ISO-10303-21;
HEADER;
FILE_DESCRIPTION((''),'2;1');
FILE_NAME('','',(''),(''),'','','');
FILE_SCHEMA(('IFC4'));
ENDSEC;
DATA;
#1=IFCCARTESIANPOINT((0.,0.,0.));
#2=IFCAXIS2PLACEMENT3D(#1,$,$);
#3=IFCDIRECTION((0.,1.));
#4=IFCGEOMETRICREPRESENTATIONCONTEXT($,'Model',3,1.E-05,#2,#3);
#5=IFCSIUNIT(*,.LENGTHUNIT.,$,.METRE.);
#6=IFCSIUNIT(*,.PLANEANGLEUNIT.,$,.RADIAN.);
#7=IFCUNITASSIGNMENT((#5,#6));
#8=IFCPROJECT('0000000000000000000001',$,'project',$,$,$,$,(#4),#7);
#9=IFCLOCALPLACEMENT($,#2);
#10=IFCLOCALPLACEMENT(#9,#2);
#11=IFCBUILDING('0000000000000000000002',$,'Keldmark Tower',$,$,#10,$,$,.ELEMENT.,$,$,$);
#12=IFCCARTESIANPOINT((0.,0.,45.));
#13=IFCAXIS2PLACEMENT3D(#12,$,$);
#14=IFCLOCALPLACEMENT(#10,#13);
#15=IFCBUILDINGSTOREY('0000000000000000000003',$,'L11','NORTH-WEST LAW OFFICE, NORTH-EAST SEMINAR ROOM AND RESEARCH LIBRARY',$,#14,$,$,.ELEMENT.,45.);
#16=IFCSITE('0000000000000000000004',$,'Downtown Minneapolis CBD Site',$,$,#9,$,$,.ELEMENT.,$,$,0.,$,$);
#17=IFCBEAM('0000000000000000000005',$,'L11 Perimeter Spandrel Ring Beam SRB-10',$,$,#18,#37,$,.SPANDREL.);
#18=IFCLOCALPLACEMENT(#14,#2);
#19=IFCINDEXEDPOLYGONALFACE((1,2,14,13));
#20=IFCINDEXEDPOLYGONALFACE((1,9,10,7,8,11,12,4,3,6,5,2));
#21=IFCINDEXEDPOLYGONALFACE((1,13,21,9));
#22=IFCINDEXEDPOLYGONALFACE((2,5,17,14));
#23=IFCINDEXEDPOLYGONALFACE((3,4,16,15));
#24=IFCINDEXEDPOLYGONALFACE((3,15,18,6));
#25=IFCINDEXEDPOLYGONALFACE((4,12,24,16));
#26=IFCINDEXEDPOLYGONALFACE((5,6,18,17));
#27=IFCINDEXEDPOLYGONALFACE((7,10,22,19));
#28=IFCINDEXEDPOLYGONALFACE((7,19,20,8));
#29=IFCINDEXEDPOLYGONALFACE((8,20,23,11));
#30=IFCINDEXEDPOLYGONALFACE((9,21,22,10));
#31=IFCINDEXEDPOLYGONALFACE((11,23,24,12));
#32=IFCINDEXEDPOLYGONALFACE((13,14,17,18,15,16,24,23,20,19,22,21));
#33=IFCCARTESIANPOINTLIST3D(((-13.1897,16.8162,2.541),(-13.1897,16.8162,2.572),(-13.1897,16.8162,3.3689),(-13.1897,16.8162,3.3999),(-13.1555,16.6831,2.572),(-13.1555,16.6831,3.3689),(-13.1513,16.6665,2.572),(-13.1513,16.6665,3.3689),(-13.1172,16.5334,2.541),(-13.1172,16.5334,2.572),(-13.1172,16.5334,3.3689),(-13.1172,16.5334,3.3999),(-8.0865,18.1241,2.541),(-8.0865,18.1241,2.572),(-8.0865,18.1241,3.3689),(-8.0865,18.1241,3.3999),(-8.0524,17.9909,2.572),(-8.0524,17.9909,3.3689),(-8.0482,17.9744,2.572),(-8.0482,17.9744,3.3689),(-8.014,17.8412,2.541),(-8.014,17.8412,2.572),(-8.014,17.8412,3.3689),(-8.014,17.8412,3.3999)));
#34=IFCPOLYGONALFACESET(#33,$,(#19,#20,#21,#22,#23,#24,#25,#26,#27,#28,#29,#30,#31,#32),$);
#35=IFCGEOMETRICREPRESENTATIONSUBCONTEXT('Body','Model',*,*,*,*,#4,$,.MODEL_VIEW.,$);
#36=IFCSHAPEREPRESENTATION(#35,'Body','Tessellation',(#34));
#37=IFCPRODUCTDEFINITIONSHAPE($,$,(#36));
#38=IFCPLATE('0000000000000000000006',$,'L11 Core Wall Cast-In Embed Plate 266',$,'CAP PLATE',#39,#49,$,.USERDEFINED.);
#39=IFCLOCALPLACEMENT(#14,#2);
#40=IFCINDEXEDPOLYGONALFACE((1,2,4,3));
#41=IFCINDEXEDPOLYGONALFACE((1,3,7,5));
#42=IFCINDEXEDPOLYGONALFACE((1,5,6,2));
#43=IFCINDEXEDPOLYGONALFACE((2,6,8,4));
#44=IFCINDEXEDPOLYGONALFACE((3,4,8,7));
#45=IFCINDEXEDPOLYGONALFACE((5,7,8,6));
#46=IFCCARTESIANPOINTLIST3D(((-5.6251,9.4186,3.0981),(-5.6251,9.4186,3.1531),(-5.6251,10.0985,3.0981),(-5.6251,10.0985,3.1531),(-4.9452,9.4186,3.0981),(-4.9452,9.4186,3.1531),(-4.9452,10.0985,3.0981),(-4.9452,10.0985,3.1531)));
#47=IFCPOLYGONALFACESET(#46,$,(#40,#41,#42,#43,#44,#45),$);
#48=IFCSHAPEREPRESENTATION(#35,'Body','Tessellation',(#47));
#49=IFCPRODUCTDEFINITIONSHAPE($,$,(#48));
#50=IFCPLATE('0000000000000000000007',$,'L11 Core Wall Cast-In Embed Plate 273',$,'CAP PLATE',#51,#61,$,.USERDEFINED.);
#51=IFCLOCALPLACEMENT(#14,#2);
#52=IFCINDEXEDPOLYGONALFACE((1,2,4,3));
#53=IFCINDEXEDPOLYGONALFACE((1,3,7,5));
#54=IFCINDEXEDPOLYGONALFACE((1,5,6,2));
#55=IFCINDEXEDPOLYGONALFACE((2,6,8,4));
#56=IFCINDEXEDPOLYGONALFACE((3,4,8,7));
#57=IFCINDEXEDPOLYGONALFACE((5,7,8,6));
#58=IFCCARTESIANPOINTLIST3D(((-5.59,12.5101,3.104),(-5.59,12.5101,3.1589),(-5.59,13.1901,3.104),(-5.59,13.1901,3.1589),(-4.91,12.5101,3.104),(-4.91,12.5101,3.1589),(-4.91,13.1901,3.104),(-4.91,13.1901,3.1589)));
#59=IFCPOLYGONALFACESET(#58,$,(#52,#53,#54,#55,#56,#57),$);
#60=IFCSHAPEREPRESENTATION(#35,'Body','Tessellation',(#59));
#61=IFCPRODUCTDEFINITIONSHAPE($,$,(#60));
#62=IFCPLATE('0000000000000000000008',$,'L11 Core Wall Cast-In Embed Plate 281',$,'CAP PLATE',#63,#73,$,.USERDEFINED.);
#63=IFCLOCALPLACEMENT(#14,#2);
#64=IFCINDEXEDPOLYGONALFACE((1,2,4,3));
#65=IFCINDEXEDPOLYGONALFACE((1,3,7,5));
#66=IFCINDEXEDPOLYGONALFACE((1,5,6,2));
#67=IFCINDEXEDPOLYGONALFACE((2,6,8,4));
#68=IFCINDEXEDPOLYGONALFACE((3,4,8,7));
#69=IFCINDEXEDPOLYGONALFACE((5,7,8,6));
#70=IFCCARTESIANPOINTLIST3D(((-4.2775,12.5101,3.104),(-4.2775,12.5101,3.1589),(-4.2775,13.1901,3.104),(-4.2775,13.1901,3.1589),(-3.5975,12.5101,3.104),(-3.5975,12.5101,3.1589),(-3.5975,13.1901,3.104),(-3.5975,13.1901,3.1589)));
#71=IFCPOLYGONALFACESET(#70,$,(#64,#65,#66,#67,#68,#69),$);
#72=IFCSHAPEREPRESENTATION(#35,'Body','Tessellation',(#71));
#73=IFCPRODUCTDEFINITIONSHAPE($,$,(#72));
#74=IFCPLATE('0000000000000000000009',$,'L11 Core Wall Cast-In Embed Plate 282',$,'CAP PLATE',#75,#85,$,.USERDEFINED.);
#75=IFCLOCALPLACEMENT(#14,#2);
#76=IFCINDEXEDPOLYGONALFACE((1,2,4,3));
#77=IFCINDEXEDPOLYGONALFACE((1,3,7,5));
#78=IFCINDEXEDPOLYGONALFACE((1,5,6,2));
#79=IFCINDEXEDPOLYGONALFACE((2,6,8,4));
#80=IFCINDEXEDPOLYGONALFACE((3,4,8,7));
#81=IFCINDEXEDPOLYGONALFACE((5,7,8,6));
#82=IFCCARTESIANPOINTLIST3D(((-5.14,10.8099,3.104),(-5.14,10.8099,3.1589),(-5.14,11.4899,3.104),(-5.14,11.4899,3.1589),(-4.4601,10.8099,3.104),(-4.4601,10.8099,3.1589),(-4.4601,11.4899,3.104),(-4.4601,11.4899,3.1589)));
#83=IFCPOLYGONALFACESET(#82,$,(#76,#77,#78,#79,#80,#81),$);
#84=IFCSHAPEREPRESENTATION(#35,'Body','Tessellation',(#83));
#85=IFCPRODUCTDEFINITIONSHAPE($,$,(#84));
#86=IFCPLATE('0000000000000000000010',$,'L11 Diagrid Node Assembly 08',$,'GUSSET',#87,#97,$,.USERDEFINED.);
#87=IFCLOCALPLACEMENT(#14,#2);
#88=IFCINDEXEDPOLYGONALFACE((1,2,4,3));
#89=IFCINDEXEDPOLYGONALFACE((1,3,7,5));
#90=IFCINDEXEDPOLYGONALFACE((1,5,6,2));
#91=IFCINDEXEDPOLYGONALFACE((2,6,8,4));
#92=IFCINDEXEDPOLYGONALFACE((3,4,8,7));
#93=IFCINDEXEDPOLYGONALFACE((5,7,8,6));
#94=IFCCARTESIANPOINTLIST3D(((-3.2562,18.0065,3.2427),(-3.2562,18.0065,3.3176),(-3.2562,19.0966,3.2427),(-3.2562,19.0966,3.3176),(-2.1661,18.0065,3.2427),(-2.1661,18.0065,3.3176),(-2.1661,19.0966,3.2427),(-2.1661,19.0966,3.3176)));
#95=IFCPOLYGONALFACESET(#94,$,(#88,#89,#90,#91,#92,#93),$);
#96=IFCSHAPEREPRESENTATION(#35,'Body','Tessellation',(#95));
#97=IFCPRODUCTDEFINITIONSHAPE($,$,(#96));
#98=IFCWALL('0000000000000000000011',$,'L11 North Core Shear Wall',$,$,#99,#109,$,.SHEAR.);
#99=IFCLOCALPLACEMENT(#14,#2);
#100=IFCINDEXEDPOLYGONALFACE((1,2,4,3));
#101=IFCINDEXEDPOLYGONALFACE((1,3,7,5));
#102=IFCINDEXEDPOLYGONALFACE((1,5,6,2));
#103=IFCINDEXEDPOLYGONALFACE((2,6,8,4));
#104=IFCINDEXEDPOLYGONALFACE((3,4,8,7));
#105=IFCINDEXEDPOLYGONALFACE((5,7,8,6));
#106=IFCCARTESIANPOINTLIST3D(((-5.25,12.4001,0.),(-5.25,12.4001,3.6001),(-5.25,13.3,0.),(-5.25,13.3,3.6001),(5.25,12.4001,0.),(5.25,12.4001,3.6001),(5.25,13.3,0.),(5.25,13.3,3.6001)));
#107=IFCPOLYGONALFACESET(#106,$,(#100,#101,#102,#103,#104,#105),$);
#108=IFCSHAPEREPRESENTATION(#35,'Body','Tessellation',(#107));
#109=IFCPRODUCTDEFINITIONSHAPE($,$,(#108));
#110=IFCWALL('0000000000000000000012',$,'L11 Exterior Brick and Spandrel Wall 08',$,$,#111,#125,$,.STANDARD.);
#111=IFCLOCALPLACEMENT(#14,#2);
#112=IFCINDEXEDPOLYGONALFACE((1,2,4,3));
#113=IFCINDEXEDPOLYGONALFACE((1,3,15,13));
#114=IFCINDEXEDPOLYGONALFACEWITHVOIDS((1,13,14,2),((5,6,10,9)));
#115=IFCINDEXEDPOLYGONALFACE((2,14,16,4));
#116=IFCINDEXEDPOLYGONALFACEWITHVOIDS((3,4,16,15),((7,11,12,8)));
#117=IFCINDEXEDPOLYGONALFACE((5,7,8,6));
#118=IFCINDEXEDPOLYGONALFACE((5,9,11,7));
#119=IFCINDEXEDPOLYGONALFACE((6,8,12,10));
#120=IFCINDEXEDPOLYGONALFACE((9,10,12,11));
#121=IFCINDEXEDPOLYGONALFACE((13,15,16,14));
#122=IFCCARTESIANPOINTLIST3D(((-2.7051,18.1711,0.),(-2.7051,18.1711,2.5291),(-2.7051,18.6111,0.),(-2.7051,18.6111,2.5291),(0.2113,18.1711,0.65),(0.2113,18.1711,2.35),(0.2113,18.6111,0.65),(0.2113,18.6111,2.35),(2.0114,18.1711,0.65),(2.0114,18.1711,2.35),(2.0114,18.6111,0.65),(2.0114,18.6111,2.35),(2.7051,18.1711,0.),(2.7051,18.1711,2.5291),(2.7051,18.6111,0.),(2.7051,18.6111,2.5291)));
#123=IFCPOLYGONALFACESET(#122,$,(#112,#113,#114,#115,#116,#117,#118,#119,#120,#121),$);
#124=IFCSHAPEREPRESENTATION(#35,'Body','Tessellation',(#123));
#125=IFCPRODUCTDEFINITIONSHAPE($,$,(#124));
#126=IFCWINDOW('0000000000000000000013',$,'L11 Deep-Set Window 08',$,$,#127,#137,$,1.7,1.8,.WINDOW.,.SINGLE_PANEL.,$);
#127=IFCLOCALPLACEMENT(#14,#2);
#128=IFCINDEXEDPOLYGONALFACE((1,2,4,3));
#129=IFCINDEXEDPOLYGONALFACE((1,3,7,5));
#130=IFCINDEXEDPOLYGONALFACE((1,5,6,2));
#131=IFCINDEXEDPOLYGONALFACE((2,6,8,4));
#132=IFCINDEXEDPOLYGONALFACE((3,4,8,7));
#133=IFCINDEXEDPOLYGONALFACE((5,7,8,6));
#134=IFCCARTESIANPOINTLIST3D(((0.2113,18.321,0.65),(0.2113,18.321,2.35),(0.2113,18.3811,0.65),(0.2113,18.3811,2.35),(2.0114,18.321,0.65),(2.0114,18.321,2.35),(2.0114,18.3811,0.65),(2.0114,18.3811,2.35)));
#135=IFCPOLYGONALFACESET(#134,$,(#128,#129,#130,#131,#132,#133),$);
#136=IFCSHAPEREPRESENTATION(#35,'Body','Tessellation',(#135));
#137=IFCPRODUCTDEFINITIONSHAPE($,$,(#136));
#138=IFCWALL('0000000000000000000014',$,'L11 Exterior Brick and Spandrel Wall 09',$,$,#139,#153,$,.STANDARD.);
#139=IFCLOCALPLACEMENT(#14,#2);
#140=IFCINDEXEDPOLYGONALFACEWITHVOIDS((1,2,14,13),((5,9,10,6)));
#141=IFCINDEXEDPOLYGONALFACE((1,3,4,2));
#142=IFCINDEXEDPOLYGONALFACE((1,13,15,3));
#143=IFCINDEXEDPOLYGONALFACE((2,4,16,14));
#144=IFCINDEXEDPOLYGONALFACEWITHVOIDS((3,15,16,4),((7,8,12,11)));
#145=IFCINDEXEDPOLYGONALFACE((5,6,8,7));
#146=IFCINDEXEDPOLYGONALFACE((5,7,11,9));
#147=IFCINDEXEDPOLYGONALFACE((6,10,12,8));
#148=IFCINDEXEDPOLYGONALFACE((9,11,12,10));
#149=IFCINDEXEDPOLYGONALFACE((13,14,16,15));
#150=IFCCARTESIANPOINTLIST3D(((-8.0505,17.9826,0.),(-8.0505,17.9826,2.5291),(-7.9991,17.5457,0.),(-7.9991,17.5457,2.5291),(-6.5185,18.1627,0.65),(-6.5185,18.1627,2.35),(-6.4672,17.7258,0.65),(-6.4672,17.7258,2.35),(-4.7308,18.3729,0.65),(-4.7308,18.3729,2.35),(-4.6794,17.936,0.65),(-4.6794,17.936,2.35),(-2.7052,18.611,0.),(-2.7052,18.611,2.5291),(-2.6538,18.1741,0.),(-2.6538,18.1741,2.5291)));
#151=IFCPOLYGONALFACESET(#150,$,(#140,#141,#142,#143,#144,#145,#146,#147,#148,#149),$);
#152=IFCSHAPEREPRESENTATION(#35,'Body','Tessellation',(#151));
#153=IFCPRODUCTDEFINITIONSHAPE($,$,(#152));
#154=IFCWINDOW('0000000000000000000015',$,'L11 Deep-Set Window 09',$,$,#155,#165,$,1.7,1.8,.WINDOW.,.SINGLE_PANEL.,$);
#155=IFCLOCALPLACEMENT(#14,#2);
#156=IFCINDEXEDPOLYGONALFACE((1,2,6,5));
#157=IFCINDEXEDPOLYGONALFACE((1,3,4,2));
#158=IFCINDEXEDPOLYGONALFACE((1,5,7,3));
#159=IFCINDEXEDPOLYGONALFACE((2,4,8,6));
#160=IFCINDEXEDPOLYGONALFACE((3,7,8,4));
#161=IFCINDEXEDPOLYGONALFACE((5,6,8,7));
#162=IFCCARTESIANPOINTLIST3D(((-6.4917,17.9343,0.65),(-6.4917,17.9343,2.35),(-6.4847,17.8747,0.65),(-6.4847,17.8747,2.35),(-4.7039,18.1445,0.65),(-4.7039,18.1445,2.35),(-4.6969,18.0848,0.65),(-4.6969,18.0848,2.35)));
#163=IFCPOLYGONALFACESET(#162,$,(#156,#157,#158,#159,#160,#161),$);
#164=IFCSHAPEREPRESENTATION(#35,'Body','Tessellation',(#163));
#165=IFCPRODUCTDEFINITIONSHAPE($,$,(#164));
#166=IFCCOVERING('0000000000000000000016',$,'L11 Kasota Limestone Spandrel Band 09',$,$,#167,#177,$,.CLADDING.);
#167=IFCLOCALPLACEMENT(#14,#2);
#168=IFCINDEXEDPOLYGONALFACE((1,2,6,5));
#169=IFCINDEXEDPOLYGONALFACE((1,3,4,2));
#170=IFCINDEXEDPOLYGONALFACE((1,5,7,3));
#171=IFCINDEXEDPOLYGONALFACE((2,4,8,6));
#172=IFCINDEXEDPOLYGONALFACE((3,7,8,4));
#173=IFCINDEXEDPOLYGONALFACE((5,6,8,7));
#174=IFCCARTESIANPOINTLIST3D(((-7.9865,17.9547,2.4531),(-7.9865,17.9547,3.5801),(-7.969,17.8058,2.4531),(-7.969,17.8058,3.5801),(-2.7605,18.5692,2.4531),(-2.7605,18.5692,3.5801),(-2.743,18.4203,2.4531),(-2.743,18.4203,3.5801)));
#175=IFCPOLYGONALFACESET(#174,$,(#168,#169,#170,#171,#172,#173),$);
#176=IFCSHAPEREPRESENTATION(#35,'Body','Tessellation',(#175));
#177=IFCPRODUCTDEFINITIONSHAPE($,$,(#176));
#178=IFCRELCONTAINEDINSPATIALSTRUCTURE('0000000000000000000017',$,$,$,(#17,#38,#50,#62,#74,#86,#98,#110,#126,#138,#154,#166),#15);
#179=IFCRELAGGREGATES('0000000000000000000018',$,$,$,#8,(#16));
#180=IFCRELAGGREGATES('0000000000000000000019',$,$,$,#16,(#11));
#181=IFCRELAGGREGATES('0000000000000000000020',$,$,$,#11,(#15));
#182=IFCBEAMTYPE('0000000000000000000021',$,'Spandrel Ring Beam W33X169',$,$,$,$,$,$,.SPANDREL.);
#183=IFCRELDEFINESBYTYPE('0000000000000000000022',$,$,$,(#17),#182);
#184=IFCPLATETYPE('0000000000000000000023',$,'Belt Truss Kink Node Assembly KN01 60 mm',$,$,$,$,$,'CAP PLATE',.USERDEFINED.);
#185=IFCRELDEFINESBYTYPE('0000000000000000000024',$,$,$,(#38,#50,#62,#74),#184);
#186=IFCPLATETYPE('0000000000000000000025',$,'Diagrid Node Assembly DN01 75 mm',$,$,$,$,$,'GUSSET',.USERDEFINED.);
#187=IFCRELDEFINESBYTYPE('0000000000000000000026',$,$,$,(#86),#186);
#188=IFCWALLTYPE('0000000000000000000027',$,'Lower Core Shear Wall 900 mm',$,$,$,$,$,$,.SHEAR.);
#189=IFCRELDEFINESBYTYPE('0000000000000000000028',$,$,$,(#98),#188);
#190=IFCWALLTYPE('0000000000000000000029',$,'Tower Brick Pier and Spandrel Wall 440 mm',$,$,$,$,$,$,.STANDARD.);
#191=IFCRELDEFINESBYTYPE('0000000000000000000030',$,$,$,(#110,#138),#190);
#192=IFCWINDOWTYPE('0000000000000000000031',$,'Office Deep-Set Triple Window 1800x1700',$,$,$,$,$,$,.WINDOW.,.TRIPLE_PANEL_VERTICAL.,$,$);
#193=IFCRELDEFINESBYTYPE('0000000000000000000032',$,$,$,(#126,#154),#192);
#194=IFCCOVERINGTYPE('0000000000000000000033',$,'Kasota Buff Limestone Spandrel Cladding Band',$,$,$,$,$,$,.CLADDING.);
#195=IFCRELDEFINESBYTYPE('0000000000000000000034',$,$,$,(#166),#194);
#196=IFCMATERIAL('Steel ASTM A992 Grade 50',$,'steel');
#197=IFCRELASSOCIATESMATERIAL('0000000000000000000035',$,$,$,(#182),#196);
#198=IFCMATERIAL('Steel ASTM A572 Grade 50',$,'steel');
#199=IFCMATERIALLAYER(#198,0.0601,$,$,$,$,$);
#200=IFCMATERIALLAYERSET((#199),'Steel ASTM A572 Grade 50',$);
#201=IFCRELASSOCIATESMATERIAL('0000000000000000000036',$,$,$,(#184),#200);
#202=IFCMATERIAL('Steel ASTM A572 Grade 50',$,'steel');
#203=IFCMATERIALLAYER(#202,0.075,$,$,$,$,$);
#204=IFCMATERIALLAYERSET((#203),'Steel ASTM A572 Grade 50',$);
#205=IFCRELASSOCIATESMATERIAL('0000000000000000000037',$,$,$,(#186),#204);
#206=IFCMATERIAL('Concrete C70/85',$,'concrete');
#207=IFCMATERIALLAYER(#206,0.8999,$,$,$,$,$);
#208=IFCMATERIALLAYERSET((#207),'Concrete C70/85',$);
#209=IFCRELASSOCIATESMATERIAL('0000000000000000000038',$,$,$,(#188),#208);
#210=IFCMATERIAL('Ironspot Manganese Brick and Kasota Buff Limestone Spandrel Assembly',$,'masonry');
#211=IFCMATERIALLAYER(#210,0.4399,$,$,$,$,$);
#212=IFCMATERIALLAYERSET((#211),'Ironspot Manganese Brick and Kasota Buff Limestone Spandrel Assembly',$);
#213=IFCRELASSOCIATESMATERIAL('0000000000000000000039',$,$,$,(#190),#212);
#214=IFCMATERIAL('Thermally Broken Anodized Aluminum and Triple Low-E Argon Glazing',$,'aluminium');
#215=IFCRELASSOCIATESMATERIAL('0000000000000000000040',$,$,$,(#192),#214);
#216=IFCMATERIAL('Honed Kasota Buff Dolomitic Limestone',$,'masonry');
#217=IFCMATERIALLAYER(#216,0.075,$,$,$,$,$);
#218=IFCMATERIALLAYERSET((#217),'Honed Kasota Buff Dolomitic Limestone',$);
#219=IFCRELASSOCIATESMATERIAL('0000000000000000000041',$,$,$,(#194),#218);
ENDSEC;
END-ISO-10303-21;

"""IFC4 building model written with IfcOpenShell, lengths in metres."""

from ifc_helpers import new_model, si_unit, direction, frame, frame_2d, origin, origin_2d, place, context, subcontext, project, spatial, rectangle, i_section, extrude, material, layer, layer_set, material_profile, profile_set, type_object, element, fill, save


model = new_model("IFC4")

# Units and contexts
model_context = context("Model", 3, precision=1e-05, world=origin(), true_north=direction((0.0, 1.0)))
body_context = subcontext(model_context, "Body", "Model", "MODEL_VIEW")
ifc_project = project(units=[si_unit("LENGTHUNIT", "METRE"), si_unit("PLANEANGLEUNIT", "RADIAN")], contexts=[model_context])

# Site, building, storey
site_placement = place(None, origin())
site = spatial("IfcSite", under=ifc_project, at=site_placement, Name="Downtown Minneapolis CBD Site", CompositionType="ELEMENT", RefElevation=0.0)
building_placement = place(site_placement, origin())
building = spatial("IfcBuilding", under=site, at=building_placement, Name="Keldmark Tower", CompositionType="ELEMENT")
storey_placement = place(building_placement, frame((0.0, 0.0, 45.0)))
storey = spatial("IfcBuildingStorey", under=building, at=storey_placement, Name="L11", Description="NORTH-WEST LAW OFFICE, NORTH-EAST SEMINAR ROOM AND RESEARCH LIBRARY", CompositionType="ELEMENT", Elevation=45.0)

# Beam
ifc_material_1 = material(Name="Steel ASTM A992 Grade 50", Category="steel")
ifc_material_profile_1 = material_profile(ifc_material_1, i_section(OverallWidth=0.292, OverallDepth=0.8589, WebThickness=0.0171, FlangeThickness=0.031, at=origin_2d()), Name="W33X169")
ifc_profile_set_1 = profile_set([ifc_material_profile_1], Name="Steel ASTM A992 Grade 50")
beam_type_1 = type_object("IfcBeamType", Name="Spandrel Ring Beam W33X169", PredefinedType="SPANDREL", material=ifc_profile_set_1)
beam_1_placement = place(storey_placement, frame((-8.0503, 17.9827, 2.9705), z_axis=(-0.968692, -0.248267, 0.0), x_axis=(0.248267, -0.968692, 0.0)))
element("IfcBeam", 1, at=beam_1_placement, inside=storey, type_object=beam_type_1, Name="L11 Perimeter Spandrel Ring Beam SRB-10", PredefinedType="SPANDREL", context=body_context, shape_type="SweptSolid", body=[
    extrude(i_section(OverallWidth=0.292, OverallDepth=0.8589, WebThickness=0.0171, FlangeThickness=0.031, at=origin_2d()), origin(), (0.0, 0.0, 1.0), 5.2681),
])

# Plates
ifc_material_2 = material(Name="Steel ASTM A572 Grade 50", Category="steel")
ifc_layer_1 = layer(ifc_material_2, 0.0601)
ifc_layer_set_1 = layer_set([ifc_layer_1], Name="Steel ASTM A572 Grade 50")
plate_type_1 = type_object("IfcPlateType", Name="Belt Truss Kink Node Assembly KN01 60 mm", ElementType="CAP PLATE", PredefinedType="USERDEFINED", material=ifc_layer_set_1)
for number, where, z_axis, x_axis, name in (
    (2, (-5.2852, 9.7585, 3.0981), (0.0, 0.0, 1.0), (1.0, 0.0, 0.0), "L11 Core Wall Cast-In Embed Plate 266"),
    (3, (-5.25, 12.8501, 3.104), (0.0, 0.0, 1.0), (1.0, 0.0, 0.0), "L11 Core Wall Cast-In Embed Plate 273"),
    (4, (-3.9375, 12.8501, 3.104), (0.0, 0.0, 1.0), (1.0, 0.0, 0.0), "L11 Core Wall Cast-In Embed Plate 281"),
    (5, (-4.8, 11.1499, 3.104), (0.0, 0.0, 1.0), (1.0, 0.0, 0.0), "L11 Core Wall Cast-In Embed Plate 282"),
):
    element("IfcPlate", number, at=place(storey_placement, frame(where, z_axis=z_axis, x_axis=x_axis)), inside=storey, type_object=plate_type_1, Name=name, ObjectType="CAP PLATE", PredefinedType="USERDEFINED", context=body_context, shape_type="SweptSolid", body=[
        extrude(rectangle(XDim=0.6799, YDim=0.6799, at=origin_2d()), origin(), (0.0, 0.0, 1.0), 0.0549),
    ])
ifc_material_3 = material(Name="Steel ASTM A572 Grade 50", Category="steel")
ifc_layer_2 = layer(ifc_material_3, 0.075)
ifc_layer_set_2 = layer_set([ifc_layer_2], Name="Steel ASTM A572 Grade 50")
plate_type_2 = type_object("IfcPlateType", Name="Diagrid Node Assembly DN01 75 mm", ElementType="GUSSET", PredefinedType="USERDEFINED", material=ifc_layer_set_2)
plate_placement = place(storey_placement, frame((-2.7112, 18.5515, 3.2427), z_axis=(0.0, 0.0, 1.0), x_axis=(-1.0, 0.0, 0.0)))
element("IfcPlate", 6, at=plate_placement, inside=storey, type_object=plate_type_2, Name="L11 Diagrid Node Assembly 08", ObjectType="GUSSET", PredefinedType="USERDEFINED", context=body_context, shape_type="SweptSolid", body=[
    extrude(rectangle(XDim=1.0901, YDim=1.0901, at=origin_2d()), origin(), (0.0, 0.0, 1.0), 0.075),
])

# Wall
ifc_material_4 = material(Name="Concrete C70/85", Category="concrete")
ifc_layer_3 = layer(ifc_material_4, 0.8999)
ifc_layer_set_3 = layer_set([ifc_layer_3], Name="Concrete C70/85")
wall_type_1 = type_object("IfcWallType", Name="Lower Core Shear Wall 900 mm", PredefinedType="SHEAR", material=ifc_layer_set_3)
wall_1_placement = place(storey_placement, frame((-5.25, 12.8501, 0.0), z_axis=(0.0, 0.0, 1.0), x_axis=(1.0, 0.0, 0.0)))
element("IfcWall", 7, at=wall_1_placement, inside=storey, type_object=wall_type_1, Name="L11 North Core Shear Wall", PredefinedType="SHEAR", context=body_context, shape_type="SweptSolid", body=[
    extrude(rectangle(XDim=10.5, YDim=0.8999, at=frame_2d((5.25, 0.0))), origin(), (0.0, 0.0, 1.0), 3.6001),
])

# Walls, openings, windows
ifc_material_5 = material(Name="Ironspot Manganese Brick and Kasota Buff Limestone Spandrel Assembly", Category="masonry")
ifc_layer_4 = layer(ifc_material_5, 0.4399)
ifc_layer_set_4 = layer_set([ifc_layer_4], Name="Ironspot Manganese Brick and Kasota Buff Limestone Spandrel Assembly")
wall_type_2 = type_object("IfcWallType", Name="Tower Brick Pier and Spandrel Wall 440 mm", PredefinedType="STANDARD", material=ifc_layer_set_4)
wall_2_placement = place(storey_placement, frame((-2.7051, 18.3911, 0.0), z_axis=(0.0, 0.0, 1.0), x_axis=(1.0, 0.0, 0.0)))
wall_2 = element("IfcWall", 8, at=wall_2_placement, inside=storey, type_object=wall_type_2, Name="L11 Exterior Brick and Spandrel Wall 08", PredefinedType="STANDARD", context=body_context, shape_type="SweptSolid", body=[
    extrude(rectangle(XDim=5.4102, YDim=0.4399, at=frame_2d((2.7051, 0.0))), origin(), (0.0, 0.0, 1.0), 2.5291),
])
opening_1_placement = place(wall_2_placement, frame((2.9165, 0.0, 0.6499)))
opening_1 = element("IfcOpeningElement", 9, at=opening_1_placement, cuts=wall_2, PredefinedType="OPENING", context=body_context, shape_type="SweptSolid", body=[
    extrude(rectangle(XDim=1.8, YDim=1.7, at=frame_2d((0.8999, 0.8501))), frame((0.0, 0.23, 0.0), z_axis=(0.0, -1.0, 0.0), x_axis=(1.0, 0.0, 0.0)), (0.0, 0.0, 1.0), 0.46),
])
ifc_material_6 = material(Name="Thermally Broken Anodized Aluminum and Triple Low-E Argon Glazing", Category="aluminium")
window_type = type_object("IfcWindowType", Name="Office Deep-Set Triple Window 1800x1700", PartitioningType="TRIPLE_PANEL_VERTICAL", PredefinedType="WINDOW", material=ifc_material_6)
window_1_placement = place(opening_1_placement, origin())
window_1 = element("IfcWindow", 10, at=window_1_placement, inside=storey, type_object=window_type, Name="L11 Deep-Set Window 08", OverallHeight=1.7, OverallWidth=1.8, PartitioningType="SINGLE_PANEL", PredefinedType="WINDOW", context=body_context, shape_type="SweptSolid", body=[
    extrude(rectangle(XDim=1.8, YDim=1.7, at=frame_2d((0.8999, 0.8501))), frame((0.0, -0.01, 0.0), z_axis=(0.0, -1.0, 0.0), x_axis=(1.0, 0.0, 0.0)), (0.0, 0.0, 1.0), 0.0601),
])
fill(opening_1, window_1)
wall_3_placement = place(storey_placement, frame((-8.0247, 17.7642, 0.0), z_axis=(0.0, 0.0, 1.0), x_axis=(0.99316, 0.116762, 0.0)))
wall_3 = element("IfcWall", 11, at=wall_3_placement, inside=storey, type_object=wall_type_2, Name="L11 Exterior Brick and Spandrel Wall 09", PredefinedType="STANDARD", context=body_context, shape_type="SweptSolid", body=[
    extrude(rectangle(XDim=5.3821, YDim=0.4399, at=frame_2d((2.6909, 0.0))), origin(), (0.0, 0.0, 1.0), 2.5291),
])
opening_2_placement = place(wall_3_placement, frame((1.5425, 0.0, 0.6499)))
opening_2 = element("IfcOpeningElement", 12, at=opening_2_placement, cuts=wall_3, PredefinedType="OPENING", context=body_context, shape_type="SweptSolid", body=[
    extrude(rectangle(XDim=1.8, YDim=1.7, at=frame_2d((0.8999, 0.8501))), frame((0.0, 0.23, 0.0), z_axis=(0.0, -1.0, 0.0), x_axis=(1.0, 0.0, 0.0)), (0.0, 0.0, 1.0), 0.46),
])
window_2_placement = place(opening_2_placement, origin())
window_2 = element("IfcWindow", 13, at=window_2_placement, inside=storey, type_object=window_type, Name="L11 Deep-Set Window 09", OverallHeight=1.7, OverallWidth=1.8, PartitioningType="SINGLE_PANEL", PredefinedType="WINDOW", context=body_context, shape_type="SweptSolid", body=[
    extrude(rectangle(XDim=1.8, YDim=1.7, at=frame_2d((0.8999, 0.8501))), frame((0.0, -0.01, 0.0), z_axis=(0.0, -1.0, 0.0), x_axis=(1.0, 0.0, 0.0)), (0.0, 0.0, 1.0), 0.0601),
])
fill(opening_2, window_2)

# Covering
ifc_material_7 = material(Name="Honed Kasota Buff Dolomitic Limestone", Category="masonry")
ifc_layer_5 = layer(ifc_material_7, 0.075)
ifc_layer_set_5 = layer_set([ifc_layer_5], Name="Honed Kasota Buff Dolomitic Limestone")
covering_type = type_object("IfcCoveringType", Name="Kasota Buff Limestone Spandrel Cladding Band", PredefinedType="CLADDING", material=ifc_layer_set_5)
covering_placement = place(storey_placement, frame((-5.3647, 18.1875, 2.4531), z_axis=(0.0, 0.0, 1.0), x_axis=(-0.993158, -0.116775, 0.0)))
element("IfcCovering", 14, at=covering_placement, inside=storey, type_object=covering_type, Name="L11 Kasota Limestone Spandrel Band 09", PredefinedType="CLADDING", context=body_context, shape_type="SweptSolid", body=[
    extrude(rectangle(XDim=5.262, YDim=0.1499, at=origin_2d()), origin(), (0.0, 0.0, 1.0), 1.127),
])

save(model, "model.ifc")
